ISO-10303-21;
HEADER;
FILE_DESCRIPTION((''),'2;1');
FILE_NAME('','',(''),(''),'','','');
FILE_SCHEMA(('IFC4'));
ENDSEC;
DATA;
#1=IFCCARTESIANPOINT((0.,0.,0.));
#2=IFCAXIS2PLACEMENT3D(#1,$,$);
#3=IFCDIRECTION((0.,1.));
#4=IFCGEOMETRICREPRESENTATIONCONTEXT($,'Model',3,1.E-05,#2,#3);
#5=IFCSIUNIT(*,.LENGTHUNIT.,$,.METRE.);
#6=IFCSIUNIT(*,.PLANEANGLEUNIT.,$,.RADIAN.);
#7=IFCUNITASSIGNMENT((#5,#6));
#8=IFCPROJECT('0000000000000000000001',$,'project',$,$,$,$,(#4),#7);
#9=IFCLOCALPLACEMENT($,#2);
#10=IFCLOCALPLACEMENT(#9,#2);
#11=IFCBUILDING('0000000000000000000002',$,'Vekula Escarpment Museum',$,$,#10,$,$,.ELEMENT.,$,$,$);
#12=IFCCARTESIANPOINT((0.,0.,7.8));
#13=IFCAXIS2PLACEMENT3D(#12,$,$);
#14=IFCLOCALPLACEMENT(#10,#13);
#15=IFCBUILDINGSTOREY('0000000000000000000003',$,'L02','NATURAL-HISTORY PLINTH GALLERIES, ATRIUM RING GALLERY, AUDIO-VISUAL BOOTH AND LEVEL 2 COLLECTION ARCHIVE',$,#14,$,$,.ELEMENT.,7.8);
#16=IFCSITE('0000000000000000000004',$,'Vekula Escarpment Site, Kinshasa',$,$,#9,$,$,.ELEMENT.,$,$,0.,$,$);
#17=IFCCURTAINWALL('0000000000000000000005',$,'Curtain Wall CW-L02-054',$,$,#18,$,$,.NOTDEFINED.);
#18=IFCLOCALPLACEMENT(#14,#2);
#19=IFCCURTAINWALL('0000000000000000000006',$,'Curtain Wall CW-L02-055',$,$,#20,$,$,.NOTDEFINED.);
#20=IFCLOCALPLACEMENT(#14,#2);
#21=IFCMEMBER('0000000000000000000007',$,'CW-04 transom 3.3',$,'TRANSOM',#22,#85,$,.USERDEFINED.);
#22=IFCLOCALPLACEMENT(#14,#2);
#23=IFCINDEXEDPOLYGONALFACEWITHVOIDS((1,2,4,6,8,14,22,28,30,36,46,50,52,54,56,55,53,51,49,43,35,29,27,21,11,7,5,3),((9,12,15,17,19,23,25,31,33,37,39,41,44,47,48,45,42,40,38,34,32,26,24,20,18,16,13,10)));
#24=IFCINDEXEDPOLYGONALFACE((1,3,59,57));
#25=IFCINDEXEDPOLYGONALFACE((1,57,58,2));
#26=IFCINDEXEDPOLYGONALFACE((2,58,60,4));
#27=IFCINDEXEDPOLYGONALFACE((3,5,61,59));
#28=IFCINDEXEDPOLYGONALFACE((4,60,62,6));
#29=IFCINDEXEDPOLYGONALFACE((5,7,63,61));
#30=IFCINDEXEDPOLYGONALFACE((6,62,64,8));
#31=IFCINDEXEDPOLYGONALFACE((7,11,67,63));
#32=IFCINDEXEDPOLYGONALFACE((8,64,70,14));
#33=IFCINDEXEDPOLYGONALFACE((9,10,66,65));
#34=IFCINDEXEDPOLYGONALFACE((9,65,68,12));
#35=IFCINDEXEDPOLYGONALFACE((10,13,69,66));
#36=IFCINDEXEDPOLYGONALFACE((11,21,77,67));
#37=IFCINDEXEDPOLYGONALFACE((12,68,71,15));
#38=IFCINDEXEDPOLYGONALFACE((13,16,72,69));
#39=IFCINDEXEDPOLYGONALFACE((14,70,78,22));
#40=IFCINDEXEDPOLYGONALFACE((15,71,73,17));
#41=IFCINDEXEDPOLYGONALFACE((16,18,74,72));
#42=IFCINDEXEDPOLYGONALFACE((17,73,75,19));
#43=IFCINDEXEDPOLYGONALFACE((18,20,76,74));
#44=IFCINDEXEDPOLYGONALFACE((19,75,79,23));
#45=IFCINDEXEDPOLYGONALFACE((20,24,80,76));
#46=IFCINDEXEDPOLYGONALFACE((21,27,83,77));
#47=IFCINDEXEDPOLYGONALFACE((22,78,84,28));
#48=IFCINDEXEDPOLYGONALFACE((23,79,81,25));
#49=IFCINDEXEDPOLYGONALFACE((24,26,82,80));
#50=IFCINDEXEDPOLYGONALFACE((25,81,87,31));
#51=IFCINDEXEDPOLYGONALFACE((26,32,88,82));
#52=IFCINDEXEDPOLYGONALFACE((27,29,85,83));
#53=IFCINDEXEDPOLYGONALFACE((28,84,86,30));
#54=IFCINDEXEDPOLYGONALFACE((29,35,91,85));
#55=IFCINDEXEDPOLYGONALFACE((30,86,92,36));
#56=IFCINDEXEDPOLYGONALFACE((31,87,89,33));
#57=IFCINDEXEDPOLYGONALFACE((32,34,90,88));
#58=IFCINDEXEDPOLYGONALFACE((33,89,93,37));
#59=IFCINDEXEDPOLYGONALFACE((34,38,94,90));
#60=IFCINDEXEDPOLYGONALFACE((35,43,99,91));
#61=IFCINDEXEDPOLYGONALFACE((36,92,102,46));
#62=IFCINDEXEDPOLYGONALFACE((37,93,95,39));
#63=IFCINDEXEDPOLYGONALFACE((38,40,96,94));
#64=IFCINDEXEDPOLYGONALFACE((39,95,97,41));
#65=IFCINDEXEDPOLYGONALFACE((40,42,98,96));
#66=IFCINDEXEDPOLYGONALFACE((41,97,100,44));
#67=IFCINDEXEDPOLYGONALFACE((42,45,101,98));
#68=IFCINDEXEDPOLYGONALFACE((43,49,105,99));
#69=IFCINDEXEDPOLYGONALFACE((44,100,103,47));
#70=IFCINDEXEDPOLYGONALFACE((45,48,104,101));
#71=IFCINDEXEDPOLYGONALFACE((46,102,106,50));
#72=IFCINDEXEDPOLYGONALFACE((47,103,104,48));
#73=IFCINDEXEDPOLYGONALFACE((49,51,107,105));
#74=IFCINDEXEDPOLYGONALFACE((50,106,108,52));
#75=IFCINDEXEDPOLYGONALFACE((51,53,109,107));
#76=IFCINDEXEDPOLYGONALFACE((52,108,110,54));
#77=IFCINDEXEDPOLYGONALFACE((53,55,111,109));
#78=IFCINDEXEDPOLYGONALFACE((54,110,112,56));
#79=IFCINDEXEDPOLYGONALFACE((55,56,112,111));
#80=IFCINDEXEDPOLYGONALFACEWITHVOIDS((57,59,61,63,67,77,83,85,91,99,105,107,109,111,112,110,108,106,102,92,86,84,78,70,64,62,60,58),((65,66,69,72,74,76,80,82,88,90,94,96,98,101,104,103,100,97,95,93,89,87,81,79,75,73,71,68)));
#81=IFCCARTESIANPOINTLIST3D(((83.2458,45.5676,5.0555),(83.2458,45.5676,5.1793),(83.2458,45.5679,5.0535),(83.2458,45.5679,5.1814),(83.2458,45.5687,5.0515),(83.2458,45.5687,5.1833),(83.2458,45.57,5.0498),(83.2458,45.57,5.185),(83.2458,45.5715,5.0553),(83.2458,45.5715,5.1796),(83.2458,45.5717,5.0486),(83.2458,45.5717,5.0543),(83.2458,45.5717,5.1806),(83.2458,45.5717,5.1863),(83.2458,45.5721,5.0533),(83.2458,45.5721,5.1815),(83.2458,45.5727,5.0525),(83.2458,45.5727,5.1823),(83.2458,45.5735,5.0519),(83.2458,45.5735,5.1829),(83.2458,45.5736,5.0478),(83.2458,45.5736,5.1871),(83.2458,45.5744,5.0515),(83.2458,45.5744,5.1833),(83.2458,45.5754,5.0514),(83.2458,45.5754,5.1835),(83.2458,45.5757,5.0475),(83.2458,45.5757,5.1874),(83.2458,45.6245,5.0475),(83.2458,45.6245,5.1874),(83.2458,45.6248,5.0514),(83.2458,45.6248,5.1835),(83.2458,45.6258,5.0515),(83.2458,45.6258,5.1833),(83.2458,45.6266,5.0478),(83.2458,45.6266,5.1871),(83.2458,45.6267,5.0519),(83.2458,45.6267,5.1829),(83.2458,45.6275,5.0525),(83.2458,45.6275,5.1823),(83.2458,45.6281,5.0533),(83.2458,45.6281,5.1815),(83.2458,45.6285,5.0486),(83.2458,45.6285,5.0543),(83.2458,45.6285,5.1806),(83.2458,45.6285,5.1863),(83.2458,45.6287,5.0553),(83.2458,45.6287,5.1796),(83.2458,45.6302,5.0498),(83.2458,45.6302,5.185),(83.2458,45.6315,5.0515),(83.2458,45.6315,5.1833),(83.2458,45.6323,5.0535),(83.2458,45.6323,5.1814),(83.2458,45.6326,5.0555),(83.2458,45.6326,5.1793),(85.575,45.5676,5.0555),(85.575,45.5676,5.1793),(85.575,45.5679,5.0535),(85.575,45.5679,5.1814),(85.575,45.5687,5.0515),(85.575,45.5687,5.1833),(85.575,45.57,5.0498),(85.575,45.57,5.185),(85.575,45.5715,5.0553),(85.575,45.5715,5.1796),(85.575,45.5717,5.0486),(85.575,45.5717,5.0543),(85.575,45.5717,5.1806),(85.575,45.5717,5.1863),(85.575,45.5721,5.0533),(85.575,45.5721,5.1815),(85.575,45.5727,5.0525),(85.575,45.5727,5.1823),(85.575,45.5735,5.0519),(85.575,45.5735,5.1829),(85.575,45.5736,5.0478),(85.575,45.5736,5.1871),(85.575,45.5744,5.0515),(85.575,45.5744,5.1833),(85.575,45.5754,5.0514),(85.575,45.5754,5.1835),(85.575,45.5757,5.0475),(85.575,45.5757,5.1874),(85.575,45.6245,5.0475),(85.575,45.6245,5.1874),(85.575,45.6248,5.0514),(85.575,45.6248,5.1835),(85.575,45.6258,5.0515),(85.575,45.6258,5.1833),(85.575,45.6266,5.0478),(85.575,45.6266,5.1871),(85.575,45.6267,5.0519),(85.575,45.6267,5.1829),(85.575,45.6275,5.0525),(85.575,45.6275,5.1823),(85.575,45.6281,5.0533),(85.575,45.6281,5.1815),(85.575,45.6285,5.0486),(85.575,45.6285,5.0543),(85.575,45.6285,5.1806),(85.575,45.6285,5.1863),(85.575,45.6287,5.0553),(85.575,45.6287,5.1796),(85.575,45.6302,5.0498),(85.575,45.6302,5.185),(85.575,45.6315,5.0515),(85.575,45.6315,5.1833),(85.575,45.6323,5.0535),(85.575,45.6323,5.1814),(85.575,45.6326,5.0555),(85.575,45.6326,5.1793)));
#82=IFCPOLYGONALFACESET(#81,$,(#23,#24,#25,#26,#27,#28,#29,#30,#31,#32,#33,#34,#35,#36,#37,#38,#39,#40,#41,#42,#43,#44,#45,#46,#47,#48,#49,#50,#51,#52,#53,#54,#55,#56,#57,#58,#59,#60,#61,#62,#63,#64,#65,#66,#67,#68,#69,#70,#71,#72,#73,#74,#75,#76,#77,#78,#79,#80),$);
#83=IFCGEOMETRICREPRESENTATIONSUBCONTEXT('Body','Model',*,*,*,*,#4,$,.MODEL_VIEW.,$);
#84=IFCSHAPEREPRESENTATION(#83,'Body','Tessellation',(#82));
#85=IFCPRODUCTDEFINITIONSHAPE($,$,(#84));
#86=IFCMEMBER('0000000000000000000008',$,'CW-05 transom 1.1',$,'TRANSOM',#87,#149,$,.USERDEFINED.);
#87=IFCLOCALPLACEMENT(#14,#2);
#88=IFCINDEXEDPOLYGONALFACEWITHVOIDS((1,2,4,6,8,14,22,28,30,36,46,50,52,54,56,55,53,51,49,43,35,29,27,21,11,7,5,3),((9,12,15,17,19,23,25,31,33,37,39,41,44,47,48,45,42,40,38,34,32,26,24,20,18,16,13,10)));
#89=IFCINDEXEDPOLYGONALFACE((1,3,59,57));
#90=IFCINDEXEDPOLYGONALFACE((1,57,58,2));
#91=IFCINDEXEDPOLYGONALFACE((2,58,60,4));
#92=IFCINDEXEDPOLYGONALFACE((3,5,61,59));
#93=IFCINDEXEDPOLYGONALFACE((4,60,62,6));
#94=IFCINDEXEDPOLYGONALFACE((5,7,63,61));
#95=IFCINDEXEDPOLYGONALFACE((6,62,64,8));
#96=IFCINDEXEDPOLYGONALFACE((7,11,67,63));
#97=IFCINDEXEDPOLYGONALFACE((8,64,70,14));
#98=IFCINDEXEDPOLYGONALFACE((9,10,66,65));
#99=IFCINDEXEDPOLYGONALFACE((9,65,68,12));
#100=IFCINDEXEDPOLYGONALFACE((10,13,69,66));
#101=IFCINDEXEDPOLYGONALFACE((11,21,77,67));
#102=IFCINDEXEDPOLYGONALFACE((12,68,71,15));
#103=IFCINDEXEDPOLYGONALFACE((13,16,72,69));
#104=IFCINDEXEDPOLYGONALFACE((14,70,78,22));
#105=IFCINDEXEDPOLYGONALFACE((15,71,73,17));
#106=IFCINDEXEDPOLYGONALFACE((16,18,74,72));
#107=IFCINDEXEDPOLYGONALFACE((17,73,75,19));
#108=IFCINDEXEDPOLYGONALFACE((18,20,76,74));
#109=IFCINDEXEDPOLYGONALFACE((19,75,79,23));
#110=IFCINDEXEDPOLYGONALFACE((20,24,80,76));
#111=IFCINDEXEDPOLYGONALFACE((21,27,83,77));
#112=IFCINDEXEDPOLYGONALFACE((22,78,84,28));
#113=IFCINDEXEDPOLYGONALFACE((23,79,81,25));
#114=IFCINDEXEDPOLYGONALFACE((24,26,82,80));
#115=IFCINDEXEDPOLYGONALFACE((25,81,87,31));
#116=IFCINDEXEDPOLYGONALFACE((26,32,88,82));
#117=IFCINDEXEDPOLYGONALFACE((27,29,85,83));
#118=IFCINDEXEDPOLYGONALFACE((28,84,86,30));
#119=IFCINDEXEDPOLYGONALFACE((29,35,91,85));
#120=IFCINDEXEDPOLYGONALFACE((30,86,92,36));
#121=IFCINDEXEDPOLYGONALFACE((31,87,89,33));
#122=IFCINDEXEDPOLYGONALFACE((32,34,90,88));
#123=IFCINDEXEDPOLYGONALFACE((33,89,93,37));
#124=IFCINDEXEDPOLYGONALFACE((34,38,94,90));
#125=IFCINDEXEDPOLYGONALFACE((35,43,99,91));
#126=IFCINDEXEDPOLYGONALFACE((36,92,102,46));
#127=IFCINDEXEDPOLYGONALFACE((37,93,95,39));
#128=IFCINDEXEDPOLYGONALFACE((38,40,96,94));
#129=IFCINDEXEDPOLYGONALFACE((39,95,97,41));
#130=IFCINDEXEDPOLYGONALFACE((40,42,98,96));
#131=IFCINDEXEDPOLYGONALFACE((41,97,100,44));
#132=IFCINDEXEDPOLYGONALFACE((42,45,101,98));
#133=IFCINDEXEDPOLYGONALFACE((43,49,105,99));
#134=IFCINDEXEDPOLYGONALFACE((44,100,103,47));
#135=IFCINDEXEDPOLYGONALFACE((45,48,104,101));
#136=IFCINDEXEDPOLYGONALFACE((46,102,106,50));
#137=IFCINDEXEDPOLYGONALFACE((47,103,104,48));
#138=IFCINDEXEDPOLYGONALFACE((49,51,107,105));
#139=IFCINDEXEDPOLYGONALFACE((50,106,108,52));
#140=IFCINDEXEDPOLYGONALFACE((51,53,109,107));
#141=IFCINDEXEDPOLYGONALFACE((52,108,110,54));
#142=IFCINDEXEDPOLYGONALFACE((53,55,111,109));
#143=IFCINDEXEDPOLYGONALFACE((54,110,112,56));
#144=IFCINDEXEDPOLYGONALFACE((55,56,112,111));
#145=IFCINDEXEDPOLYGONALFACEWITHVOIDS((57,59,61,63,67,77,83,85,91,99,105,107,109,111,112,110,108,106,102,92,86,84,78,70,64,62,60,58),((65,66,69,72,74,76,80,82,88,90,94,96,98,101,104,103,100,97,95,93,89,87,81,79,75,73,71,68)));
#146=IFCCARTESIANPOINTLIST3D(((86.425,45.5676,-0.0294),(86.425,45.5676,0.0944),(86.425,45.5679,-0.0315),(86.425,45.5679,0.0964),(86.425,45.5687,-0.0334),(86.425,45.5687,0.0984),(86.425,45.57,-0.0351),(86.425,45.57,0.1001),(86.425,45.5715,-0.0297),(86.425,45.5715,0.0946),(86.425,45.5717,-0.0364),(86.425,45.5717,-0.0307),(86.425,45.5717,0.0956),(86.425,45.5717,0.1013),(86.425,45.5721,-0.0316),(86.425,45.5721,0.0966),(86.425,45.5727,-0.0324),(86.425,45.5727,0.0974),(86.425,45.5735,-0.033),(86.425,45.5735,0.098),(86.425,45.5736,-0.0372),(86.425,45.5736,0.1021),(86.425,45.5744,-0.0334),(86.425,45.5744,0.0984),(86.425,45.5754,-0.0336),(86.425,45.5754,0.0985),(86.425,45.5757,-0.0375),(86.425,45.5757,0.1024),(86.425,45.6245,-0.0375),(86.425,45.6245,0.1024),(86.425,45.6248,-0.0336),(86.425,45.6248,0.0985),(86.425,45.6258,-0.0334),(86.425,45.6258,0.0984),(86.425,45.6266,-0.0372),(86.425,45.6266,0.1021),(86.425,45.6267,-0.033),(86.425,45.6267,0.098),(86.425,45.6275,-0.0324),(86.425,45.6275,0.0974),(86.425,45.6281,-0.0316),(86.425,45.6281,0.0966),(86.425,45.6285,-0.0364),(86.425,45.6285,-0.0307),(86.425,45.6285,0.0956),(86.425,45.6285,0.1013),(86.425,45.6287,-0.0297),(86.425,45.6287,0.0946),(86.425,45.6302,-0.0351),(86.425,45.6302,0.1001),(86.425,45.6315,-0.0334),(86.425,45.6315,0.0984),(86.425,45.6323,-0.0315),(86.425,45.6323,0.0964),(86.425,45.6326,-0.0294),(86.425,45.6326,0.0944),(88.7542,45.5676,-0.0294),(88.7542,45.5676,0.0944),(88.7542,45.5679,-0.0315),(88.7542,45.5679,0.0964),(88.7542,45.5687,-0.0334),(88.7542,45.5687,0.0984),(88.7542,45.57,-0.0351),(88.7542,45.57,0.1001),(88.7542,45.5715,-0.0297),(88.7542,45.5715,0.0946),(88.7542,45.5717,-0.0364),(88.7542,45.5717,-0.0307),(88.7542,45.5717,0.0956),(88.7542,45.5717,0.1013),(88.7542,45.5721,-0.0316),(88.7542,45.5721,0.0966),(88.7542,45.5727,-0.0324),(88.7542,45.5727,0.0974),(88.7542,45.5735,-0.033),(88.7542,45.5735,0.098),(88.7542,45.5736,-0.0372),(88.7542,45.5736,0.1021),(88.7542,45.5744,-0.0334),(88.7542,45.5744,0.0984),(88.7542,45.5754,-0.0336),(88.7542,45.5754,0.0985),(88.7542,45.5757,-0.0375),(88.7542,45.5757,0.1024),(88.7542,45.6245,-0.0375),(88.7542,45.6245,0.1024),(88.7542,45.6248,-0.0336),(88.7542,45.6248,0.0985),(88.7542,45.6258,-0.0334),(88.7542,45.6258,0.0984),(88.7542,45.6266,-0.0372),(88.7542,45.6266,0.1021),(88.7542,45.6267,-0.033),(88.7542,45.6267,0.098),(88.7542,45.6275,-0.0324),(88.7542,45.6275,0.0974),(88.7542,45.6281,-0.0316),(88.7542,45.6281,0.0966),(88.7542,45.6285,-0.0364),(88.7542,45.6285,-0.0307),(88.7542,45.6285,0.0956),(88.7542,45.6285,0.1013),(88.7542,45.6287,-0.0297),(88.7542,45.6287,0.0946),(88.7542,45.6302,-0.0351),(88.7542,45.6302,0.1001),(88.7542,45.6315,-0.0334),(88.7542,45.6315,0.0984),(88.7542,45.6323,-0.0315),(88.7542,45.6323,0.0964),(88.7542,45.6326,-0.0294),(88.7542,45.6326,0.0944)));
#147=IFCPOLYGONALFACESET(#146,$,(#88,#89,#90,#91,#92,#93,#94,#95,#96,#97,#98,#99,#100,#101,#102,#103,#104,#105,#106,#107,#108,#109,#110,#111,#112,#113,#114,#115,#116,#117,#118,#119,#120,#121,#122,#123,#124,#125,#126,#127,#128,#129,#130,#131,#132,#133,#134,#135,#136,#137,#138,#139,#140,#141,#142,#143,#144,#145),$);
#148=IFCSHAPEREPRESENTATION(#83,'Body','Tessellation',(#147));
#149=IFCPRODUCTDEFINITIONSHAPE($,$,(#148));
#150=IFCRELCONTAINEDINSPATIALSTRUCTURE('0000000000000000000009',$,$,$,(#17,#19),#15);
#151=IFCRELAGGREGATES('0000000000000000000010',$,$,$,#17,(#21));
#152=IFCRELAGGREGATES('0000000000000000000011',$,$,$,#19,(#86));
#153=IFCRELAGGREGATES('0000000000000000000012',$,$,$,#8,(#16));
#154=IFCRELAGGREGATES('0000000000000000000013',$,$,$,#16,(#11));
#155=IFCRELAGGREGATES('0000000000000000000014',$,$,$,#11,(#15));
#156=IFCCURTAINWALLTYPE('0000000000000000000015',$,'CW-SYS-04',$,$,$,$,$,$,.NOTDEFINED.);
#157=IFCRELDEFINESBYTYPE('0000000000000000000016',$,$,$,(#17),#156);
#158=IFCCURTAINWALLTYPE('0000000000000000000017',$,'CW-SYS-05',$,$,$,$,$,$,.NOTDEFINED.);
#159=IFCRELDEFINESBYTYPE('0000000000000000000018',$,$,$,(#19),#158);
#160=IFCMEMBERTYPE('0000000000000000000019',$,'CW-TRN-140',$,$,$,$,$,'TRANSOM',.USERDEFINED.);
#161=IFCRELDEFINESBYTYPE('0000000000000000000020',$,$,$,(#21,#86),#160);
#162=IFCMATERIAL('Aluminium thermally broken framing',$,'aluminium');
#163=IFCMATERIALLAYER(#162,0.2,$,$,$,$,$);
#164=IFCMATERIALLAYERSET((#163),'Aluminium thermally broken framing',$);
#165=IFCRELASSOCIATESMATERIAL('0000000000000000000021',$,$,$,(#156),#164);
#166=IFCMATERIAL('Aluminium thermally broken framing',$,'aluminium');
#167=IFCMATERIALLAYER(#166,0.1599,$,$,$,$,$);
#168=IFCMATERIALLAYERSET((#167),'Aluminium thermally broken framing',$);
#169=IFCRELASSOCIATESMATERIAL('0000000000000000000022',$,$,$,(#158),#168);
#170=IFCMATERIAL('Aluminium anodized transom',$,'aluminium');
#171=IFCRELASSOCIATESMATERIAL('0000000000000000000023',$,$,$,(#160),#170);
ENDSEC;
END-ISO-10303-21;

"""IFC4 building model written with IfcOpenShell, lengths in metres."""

from ifc_helpers import new_model, si_unit, direction, frame, origin, origin_2d, place, context, subcontext, project, spatial, hollow_rectangle, extrude, material, layer, layer_set, material_profile, profile_set, type_object, element, aggregate, save


model = new_model("IFC4")

# Units and contexts
model_context = context("Model", 3, precision=1e-05, world=origin(), true_north=direction((0.0, 1.0)))
body_context = subcontext(model_context, "Body", "Model", "MODEL_VIEW")
ifc_project = project(units=[si_unit("LENGTHUNIT", "METRE"), si_unit("PLANEANGLEUNIT", "RADIAN")], contexts=[model_context])

# Site, building, storey
site_placement = place(None, origin())
site = spatial("IfcSite", under=ifc_project, at=site_placement, Name="Vekula Escarpment Site, Kinshasa", CompositionType="ELEMENT", RefElevation=0.0)
building_placement = place(site_placement, origin())
building = spatial("IfcBuilding", under=site, at=building_placement, Name="Vekula Escarpment Museum", CompositionType="ELEMENT")
storey_placement = place(building_placement, frame((0.0, 0.0, 7.8)))
storey = spatial("IfcBuildingStorey", under=building, at=storey_placement, Name="L02", Description="NATURAL-HISTORY PLINTH GALLERIES, ATRIUM RING GALLERY, AUDIO-VISUAL BOOTH AND LEVEL 2 COLLECTION ARCHIVE", CompositionType="ELEMENT", Elevation=7.8)

# Curtain walls
ifc_material_1 = material(Name="Aluminium thermally broken framing", Category="aluminium")
ifc_layer_1 = layer(ifc_material_1, 0.2)
ifc_layer_set_1 = layer_set([ifc_layer_1], Name="Aluminium thermally broken framing")
curtain_wall_type_1 = type_object("IfcCurtainWallType", Name="CW-SYS-04", PredefinedType="NOTDEFINED", material=ifc_layer_set_1)
curtain_wall_1_placement = place(storey_placement, origin())
curtain_wall_1 = element("IfcCurtainWall", 1, at=curtain_wall_1_placement, inside=storey, type_object=curtain_wall_type_1, Name="Curtain Wall CW-L02-054", PredefinedType="NOTDEFINED")
ifc_material_2 = material(Name="Aluminium thermally broken framing", Category="aluminium")
ifc_layer_2 = layer(ifc_material_2, 0.1599)
ifc_layer_set_2 = layer_set([ifc_layer_2], Name="Aluminium thermally broken framing")
curtain_wall_type_2 = type_object("IfcCurtainWallType", Name="CW-SYS-05", PredefinedType="NOTDEFINED", material=ifc_layer_set_2)
curtain_wall_2_placement = place(storey_placement, origin())
curtain_wall_2 = element("IfcCurtainWall", 2, at=curtain_wall_2_placement, inside=storey, type_object=curtain_wall_type_2, Name="Curtain Wall CW-L02-055", PredefinedType="NOTDEFINED")

# Members
ifc_material_3 = material(Name="Aluminium anodized transom", Category="aluminium")
ifc_material_profile_1 = material_profile(ifc_material_3, hollow_rectangle(XDim=0.0649, YDim=0.1399, WallThickness=0.0039, InnerFilletRadius=0.0039, OuterFilletRadius=0.0081, at=origin_2d()), Name="ALU 140x65x4")
ifc_profile_set_1 = profile_set([ifc_material_profile_1], Name="Aluminium anodized transom")
member_type_1 = type_object("IfcMemberType", Name="CW-TRN-140", ElementType="TRANSOM", PredefinedType="USERDEFINED", material=ifc_profile_set_1)
member_1_placement = place(storey_placement, frame((83.2458, 45.6001, 5.1174), z_axis=(1.0, 0.0, 0.0), x_axis=(0.0, 1.0, 0.0)))
member_1 = element("IfcMember", 3, at=member_1_placement, type_object=member_type_1, Name="CW-04 transom 3.3", ObjectType="TRANSOM", PredefinedType="USERDEFINED", context=body_context, shape_type="SweptSolid", body=[
    extrude(hollow_rectangle(XDim=0.0649, YDim=0.1399, WallThickness=0.0039, InnerFilletRadius=0.0039, OuterFilletRadius=0.0081, at=origin_2d()), origin(), (0.0, 0.0, 1.0), 2.3291),
])
member_2_placement = place(storey_placement, frame((86.425, 45.6001, 0.0325), z_axis=(1.0, 0.0, 0.0), x_axis=(0.0, 1.0, 0.0)))
member_2 = element("IfcMember", 4, at=member_2_placement, type_object=member_type_1, Name="CW-05 transom 1.1", ObjectType="TRANSOM", PredefinedType="USERDEFINED", context=body_context, shape_type="SweptSolid", body=[
    extrude(hollow_rectangle(XDim=0.0649, YDim=0.1399, WallThickness=0.0039, InnerFilletRadius=0.0039, OuterFilletRadius=0.0081, at=origin_2d()), origin(), (0.0, 0.0, 1.0), 2.3291),
])

aggregate(curtain_wall_1, [member_1])
aggregate(curtain_wall_2, [member_2])

save(model, "model.ifc")
